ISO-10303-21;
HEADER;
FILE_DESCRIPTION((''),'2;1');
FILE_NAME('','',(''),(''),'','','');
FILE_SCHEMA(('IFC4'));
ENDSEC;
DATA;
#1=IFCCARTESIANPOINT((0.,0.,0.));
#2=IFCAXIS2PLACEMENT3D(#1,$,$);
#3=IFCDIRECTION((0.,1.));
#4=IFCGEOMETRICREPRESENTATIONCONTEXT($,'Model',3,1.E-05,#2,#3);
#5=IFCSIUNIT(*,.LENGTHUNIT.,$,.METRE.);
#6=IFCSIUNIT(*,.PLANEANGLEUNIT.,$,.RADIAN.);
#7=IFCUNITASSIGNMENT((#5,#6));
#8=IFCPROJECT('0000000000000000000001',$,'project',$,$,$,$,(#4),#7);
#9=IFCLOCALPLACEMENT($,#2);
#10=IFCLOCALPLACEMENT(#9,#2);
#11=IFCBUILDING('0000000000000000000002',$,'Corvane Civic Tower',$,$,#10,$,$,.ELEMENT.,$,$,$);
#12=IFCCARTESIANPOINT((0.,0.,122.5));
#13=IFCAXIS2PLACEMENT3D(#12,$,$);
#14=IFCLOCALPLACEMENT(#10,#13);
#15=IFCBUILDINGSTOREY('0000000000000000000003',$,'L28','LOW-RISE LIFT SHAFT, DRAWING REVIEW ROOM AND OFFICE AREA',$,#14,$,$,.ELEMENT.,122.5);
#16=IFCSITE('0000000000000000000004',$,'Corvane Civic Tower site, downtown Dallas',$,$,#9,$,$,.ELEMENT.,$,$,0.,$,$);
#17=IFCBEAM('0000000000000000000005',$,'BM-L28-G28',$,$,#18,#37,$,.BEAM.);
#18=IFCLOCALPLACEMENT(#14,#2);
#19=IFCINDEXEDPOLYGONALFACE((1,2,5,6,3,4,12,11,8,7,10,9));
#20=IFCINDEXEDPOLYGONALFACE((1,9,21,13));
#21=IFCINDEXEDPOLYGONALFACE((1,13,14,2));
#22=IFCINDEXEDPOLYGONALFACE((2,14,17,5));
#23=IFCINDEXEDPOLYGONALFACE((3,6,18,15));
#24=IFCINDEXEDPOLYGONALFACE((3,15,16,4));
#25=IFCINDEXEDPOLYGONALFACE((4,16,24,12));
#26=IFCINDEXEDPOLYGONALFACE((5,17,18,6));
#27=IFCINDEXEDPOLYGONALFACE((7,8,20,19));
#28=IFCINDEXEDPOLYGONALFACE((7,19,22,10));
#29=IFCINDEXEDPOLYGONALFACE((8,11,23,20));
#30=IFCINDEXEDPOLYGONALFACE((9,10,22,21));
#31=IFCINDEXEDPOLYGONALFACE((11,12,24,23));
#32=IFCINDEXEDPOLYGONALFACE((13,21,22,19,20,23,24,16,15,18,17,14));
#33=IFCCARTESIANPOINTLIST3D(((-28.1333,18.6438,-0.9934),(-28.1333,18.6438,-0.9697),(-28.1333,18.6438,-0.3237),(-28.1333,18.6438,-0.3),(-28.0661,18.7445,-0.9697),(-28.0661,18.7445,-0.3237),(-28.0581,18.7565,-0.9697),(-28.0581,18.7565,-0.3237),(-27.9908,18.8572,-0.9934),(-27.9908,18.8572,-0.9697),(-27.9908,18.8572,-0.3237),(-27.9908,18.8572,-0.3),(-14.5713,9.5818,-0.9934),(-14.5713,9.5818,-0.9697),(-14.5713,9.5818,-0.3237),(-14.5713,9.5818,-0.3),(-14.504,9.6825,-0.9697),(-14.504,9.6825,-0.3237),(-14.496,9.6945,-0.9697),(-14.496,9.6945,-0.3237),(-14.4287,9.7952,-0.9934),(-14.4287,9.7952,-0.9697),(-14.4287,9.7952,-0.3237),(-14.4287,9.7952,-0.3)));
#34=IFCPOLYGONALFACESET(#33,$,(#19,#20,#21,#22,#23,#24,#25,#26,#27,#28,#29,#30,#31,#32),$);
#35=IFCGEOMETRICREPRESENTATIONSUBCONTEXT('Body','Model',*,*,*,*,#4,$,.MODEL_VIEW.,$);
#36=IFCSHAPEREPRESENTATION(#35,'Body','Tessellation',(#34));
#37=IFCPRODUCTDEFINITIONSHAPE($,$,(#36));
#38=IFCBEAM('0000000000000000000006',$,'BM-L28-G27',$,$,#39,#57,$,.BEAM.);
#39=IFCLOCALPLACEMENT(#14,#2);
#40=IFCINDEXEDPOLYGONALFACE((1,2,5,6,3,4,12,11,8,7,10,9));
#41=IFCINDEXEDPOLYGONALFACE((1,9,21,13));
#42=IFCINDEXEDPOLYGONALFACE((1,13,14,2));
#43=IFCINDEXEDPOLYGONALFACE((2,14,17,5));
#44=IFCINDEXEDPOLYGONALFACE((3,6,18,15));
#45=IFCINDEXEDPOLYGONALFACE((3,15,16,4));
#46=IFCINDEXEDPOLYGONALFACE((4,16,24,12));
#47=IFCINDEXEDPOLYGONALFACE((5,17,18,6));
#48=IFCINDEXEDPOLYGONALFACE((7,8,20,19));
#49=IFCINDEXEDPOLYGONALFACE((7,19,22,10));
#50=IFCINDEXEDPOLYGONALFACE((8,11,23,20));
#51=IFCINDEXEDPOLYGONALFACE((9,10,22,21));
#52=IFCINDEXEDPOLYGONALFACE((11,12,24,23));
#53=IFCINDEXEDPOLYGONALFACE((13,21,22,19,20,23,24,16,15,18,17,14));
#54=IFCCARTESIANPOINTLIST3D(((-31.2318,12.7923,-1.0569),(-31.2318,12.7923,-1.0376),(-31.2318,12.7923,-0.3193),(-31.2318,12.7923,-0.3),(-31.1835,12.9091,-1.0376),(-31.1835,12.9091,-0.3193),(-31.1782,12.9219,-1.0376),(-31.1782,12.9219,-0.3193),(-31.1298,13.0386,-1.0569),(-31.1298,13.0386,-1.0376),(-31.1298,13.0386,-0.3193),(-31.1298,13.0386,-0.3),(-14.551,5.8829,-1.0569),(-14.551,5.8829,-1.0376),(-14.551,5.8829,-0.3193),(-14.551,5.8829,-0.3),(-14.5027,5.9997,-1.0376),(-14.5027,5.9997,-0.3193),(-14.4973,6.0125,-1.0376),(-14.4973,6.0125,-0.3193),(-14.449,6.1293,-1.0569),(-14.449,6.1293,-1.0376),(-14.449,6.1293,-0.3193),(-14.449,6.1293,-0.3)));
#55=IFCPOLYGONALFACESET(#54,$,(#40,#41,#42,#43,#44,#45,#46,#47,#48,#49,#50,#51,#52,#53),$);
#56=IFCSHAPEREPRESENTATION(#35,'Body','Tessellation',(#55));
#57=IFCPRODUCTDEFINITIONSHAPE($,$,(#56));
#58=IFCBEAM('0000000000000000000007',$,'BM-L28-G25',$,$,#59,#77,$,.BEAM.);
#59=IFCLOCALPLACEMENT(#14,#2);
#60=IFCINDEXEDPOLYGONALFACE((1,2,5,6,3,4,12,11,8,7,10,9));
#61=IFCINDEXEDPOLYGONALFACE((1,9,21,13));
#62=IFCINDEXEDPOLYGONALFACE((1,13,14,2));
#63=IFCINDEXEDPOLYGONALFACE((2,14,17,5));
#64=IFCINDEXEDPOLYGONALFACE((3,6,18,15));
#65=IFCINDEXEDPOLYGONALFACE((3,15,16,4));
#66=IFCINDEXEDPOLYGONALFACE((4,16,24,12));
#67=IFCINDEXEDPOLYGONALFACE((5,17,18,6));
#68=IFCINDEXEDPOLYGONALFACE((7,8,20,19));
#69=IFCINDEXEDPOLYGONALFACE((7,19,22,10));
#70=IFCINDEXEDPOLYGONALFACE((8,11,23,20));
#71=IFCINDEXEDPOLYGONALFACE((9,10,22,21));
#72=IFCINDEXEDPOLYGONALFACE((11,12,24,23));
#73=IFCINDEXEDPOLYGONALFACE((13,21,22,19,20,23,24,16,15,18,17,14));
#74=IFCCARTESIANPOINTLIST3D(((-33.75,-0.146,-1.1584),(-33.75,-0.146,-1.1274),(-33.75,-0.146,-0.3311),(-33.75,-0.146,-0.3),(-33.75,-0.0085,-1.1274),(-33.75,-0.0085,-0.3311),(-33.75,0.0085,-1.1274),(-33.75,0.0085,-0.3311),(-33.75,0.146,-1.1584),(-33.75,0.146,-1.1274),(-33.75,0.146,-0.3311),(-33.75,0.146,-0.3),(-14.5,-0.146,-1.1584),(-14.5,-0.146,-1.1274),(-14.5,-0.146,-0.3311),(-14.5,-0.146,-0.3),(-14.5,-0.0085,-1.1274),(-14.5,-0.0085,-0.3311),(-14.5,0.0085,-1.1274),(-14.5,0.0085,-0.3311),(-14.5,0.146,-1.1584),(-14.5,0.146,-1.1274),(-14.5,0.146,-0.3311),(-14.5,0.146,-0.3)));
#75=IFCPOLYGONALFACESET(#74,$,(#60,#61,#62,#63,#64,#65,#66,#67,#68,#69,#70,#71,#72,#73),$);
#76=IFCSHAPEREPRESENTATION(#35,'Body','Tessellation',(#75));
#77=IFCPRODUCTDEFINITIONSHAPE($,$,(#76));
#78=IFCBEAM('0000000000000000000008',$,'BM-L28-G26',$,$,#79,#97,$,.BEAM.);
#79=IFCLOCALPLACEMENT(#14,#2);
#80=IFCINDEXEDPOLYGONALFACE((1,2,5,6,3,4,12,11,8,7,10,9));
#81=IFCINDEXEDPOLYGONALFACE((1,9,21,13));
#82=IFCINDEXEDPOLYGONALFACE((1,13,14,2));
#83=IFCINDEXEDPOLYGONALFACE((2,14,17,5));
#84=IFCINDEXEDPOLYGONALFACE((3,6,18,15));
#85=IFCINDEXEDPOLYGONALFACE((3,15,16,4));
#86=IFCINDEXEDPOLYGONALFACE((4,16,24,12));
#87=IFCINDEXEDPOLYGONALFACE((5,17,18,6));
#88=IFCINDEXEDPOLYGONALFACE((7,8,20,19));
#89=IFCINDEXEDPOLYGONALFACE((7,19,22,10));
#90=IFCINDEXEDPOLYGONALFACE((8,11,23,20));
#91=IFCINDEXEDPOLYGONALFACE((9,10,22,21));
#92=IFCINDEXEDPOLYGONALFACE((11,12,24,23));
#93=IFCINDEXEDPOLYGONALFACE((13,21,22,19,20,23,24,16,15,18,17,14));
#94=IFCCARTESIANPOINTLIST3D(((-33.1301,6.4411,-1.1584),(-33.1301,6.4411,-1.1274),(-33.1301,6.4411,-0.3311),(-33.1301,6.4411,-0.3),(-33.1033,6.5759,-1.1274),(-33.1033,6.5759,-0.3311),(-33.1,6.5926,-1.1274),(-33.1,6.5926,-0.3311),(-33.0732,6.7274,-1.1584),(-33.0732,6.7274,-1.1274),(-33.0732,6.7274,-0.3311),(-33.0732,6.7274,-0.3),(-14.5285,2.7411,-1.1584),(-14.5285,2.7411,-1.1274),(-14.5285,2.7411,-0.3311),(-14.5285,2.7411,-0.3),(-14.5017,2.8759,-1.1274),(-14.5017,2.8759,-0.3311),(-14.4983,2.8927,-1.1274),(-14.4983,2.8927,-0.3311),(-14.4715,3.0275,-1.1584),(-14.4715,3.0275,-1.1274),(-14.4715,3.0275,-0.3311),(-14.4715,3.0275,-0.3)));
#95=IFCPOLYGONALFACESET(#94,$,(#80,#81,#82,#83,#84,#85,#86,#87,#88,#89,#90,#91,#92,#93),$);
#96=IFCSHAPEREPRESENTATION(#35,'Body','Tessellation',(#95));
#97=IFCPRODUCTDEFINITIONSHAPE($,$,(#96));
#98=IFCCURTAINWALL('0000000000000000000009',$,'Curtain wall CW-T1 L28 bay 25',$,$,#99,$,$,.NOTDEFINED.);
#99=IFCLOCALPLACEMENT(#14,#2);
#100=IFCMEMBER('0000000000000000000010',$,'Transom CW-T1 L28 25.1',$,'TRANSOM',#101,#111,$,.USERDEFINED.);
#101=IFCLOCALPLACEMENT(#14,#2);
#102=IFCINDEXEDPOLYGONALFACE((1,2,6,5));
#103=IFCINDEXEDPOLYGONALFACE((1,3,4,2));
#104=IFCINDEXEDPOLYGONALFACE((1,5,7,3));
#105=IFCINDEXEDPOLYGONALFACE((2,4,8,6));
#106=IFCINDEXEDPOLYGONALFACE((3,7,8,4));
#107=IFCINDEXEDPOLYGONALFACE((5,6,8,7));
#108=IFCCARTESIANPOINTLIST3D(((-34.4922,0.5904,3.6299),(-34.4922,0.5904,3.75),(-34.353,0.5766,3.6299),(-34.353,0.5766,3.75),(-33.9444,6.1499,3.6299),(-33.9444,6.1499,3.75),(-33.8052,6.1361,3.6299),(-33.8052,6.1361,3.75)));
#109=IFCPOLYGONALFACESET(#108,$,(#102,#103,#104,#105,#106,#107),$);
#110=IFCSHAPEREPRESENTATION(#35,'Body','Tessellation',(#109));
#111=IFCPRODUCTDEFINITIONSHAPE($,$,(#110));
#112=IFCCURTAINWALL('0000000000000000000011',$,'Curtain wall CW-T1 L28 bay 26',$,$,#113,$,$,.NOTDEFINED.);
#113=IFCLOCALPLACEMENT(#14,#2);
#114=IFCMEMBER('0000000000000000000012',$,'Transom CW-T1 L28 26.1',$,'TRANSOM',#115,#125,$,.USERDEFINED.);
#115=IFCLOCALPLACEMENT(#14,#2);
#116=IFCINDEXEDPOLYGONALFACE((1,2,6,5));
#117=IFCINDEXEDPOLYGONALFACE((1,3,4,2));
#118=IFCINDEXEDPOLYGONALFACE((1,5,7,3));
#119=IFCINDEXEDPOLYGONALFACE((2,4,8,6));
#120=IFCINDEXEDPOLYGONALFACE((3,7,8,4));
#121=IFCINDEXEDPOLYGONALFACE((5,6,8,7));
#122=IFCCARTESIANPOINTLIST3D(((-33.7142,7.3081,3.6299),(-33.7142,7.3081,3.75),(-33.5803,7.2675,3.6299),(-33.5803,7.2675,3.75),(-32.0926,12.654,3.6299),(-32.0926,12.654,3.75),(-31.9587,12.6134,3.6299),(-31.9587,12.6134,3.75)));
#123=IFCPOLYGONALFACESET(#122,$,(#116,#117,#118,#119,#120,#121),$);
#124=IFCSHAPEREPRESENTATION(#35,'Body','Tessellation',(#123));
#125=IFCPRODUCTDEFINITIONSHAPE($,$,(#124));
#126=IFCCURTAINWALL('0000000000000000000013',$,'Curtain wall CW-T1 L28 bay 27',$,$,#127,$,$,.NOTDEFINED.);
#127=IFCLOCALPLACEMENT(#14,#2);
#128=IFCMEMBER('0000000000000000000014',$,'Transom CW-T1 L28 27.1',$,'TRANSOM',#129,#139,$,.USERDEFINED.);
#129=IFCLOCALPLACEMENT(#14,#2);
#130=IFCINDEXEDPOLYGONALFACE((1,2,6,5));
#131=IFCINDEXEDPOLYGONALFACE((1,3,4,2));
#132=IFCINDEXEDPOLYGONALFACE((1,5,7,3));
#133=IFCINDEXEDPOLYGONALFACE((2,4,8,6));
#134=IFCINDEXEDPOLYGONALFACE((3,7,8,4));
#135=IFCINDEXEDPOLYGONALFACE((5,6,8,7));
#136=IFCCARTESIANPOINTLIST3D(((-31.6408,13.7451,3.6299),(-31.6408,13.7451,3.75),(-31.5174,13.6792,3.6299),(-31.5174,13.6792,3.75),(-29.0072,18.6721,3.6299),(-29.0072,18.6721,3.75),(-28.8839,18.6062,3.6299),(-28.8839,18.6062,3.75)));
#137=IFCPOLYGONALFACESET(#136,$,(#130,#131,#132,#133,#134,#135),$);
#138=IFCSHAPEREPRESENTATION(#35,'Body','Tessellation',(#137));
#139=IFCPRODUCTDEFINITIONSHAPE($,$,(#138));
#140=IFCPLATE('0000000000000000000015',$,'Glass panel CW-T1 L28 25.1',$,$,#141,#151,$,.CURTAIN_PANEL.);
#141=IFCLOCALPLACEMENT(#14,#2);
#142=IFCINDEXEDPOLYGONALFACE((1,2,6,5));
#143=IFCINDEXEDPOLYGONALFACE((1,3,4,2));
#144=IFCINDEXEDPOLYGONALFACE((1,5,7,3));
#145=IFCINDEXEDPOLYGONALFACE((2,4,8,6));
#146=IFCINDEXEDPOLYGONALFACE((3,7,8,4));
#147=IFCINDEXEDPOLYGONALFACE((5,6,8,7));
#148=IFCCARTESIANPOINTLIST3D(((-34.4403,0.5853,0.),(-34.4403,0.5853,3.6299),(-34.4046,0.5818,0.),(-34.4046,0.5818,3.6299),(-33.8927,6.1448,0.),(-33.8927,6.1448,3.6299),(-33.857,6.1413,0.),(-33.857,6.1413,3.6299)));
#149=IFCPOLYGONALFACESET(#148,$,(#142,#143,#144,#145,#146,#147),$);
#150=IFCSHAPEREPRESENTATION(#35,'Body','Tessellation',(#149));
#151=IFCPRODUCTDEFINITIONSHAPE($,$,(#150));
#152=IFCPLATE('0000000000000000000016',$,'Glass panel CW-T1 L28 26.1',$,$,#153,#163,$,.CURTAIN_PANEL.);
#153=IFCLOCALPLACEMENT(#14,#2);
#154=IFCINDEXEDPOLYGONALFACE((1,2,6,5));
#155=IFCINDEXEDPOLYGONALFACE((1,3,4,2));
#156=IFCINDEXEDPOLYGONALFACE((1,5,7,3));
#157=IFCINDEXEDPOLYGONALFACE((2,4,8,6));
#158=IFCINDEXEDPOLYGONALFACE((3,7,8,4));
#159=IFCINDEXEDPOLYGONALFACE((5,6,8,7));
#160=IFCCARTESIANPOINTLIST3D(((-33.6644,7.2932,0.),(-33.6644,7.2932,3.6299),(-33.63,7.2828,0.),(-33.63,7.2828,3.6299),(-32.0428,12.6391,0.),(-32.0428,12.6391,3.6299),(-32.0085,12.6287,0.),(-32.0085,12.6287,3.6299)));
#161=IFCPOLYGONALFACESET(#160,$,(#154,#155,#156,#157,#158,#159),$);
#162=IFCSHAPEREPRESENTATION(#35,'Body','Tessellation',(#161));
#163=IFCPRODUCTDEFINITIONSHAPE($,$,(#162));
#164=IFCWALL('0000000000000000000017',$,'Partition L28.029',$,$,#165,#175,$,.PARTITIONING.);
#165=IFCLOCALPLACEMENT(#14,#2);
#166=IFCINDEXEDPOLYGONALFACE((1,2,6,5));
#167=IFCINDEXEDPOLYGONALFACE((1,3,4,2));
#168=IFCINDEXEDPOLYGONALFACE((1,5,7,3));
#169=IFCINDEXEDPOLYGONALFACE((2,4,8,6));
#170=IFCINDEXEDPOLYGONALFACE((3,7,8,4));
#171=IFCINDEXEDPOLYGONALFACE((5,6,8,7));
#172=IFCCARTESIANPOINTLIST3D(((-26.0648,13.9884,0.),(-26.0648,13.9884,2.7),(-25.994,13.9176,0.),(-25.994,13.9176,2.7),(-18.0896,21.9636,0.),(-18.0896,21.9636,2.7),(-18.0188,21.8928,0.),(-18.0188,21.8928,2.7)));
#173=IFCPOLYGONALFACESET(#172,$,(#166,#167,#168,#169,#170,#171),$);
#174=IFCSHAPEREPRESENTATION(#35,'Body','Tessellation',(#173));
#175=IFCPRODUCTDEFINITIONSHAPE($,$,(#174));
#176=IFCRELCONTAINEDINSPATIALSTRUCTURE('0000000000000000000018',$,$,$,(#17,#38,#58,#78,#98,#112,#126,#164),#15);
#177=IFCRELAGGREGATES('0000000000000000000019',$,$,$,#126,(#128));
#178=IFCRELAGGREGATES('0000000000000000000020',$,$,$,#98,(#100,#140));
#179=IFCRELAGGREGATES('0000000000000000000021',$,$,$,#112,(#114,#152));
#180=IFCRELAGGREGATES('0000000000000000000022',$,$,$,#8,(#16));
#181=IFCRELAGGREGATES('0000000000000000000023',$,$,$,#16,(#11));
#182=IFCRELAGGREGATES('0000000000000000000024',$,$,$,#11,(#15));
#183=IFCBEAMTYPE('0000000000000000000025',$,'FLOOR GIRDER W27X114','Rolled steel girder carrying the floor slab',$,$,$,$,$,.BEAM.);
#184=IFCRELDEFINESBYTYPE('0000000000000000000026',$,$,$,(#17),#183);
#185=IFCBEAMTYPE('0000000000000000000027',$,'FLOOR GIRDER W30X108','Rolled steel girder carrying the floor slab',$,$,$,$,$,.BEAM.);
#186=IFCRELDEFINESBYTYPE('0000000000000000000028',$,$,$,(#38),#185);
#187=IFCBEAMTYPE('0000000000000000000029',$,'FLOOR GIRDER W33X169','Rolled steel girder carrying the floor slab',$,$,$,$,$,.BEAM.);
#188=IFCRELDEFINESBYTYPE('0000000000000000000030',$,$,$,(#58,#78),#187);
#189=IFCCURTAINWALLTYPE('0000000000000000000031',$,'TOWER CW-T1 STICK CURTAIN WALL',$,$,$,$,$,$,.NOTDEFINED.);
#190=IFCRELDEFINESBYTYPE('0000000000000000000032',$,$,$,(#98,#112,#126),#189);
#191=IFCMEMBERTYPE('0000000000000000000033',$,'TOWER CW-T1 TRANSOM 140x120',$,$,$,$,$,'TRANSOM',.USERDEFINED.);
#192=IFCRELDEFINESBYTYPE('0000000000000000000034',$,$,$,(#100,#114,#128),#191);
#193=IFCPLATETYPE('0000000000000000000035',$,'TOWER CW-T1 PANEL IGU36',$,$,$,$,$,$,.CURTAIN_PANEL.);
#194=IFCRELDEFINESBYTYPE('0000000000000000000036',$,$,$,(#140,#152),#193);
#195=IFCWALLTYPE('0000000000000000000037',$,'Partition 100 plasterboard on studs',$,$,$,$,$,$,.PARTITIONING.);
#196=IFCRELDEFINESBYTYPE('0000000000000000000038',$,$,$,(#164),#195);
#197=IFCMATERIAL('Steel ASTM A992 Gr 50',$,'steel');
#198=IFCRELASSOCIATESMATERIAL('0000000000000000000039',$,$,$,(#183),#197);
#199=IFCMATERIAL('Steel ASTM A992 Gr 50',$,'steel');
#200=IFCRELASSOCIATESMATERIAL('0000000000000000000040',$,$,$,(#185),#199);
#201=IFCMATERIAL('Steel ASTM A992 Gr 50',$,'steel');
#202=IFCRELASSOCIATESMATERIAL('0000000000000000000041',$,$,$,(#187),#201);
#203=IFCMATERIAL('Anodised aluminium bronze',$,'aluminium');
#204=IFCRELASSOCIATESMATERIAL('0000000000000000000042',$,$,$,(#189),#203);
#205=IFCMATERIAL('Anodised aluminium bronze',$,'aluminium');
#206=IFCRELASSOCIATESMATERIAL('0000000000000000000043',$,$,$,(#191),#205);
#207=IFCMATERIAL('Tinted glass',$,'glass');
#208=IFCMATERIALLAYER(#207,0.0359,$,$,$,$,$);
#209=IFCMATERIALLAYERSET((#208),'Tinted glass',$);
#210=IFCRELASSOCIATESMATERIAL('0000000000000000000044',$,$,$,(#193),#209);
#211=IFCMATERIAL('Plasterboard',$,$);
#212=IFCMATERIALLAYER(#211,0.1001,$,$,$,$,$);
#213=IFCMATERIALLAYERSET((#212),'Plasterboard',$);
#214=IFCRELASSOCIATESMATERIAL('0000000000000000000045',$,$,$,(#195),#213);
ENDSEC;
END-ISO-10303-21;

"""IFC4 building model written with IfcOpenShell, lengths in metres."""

from ifc_helpers import new_model, si_unit, direction, frame, frame_2d, origin, origin_2d, place, context, subcontext, project, spatial, rectangle, i_section, extrude, material, layer, layer_set, material_profile, profile_set, type_object, element, aggregate, save


model = new_model("IFC4")

# Units and contexts
model_context = context("Model", 3, precision=1e-05, world=origin(), true_north=direction((0.0, 1.0)))
body_context = subcontext(model_context, "Body", "Model", "MODEL_VIEW")
ifc_project = project(units=[si_unit("LENGTHUNIT", "METRE"), si_unit("PLANEANGLEUNIT", "RADIAN")], contexts=[model_context])

# Site, building, storey
site_placement = place(None, origin())
site = spatial("IfcSite", under=ifc_project, at=site_placement, Name="Corvane Civic Tower site, downtown Dallas", CompositionType="ELEMENT", RefElevation=0.0)
building_placement = place(site_placement, origin())
building = spatial("IfcBuilding", under=site, at=building_placement, Name="Corvane Civic Tower", CompositionType="ELEMENT")
storey_placement = place(building_placement, frame((0.0, 0.0, 122.5)))
storey = spatial("IfcBuildingStorey", under=building, at=storey_placement, Name="L28", Description="LOW-RISE LIFT SHAFT, DRAWING REVIEW ROOM AND OFFICE AREA", CompositionType="ELEMENT", Elevation=122.5)

# Beams
ifc_material_1 = material(Name="Steel ASTM A992 Gr 50", Category="steel")
ifc_material_profile_1 = material_profile(ifc_material_1, i_section(OverallWidth=0.2566, OverallDepth=0.6934, WebThickness=0.0144, FlangeThickness=0.0237, at=origin_2d()), Name="W27X114")
ifc_profile_set_1 = profile_set([ifc_material_profile_1], Name="Steel ASTM A992 Gr 50")
beam_type_1 = type_object("IfcBeamType", Name="FLOOR GIRDER W27X114", Description="Rolled steel girder carrying the floor slab", PredefinedType="BEAM", material=ifc_profile_set_1)
beam_1_placement = place(storey_placement, frame((-14.5, 9.6885, -0.6467), z_axis=(-0.831465, 0.555577, 0.0), x_axis=(-0.555577, -0.831465, 0.0)))
element("IfcBeam", 1, at=beam_1_placement, inside=storey, type_object=beam_type_1, Name="BM-L28-G28", PredefinedType="BEAM", context=body_context, shape_type="SweptSolid", body=[
    extrude(i_section(OverallWidth=0.2566, OverallDepth=0.6934, WebThickness=0.0144, FlangeThickness=0.0237, at=origin_2d()), origin(), (0.0, 0.0, 1.0), 16.311),
])
ifc_material_2 = material(Name="Steel ASTM A992 Gr 50", Category="steel")
ifc_material_profile_2 = material_profile(ifc_material_2, i_section(OverallWidth=0.2666, OverallDepth=0.7568, WebThickness=0.0139, FlangeThickness=0.0193, at=origin_2d()), Name="W30X108")
ifc_profile_set_2 = profile_set([ifc_material_profile_2], Name="Steel ASTM A992 Gr 50")
beam_type_2 = type_object("IfcBeamType", Name="FLOOR GIRDER W30X108", Description="Rolled steel girder carrying the floor slab", PredefinedType="BEAM", material=ifc_profile_set_2)
beam_2_placement = place(storey_placement, frame((-14.5, 6.0061, -0.6785), z_axis=(-0.92388, 0.382682, 0.0), x_axis=(-0.382682, -0.92388, 0.0)))
element("IfcBeam", 2, at=beam_2_placement, inside=storey, type_object=beam_type_2, Name="BM-L28-G27", PredefinedType="BEAM", context=body_context, shape_type="SweptSolid", body=[
    extrude(i_section(OverallWidth=0.2666, OverallDepth=0.7568, WebThickness=0.0139, FlangeThickness=0.0193, at=origin_2d()), origin(), (0.0, 0.0, 1.0), 18.0552),
])
ifc_material_3 = material(Name="Steel ASTM A992 Gr 50", Category="steel")
ifc_material_profile_3 = material_profile(ifc_material_3, i_section(OverallWidth=0.292, OverallDepth=0.8584, WebThickness=0.0171, FlangeThickness=0.031, at=origin_2d()), Name="W33X169")
ifc_profile_set_3 = profile_set([ifc_material_profile_3], Name="Steel ASTM A992 Gr 50")
beam_type_3 = type_object("IfcBeamType", Name="FLOOR GIRDER W33X169", Description="Rolled steel girder carrying the floor slab", PredefinedType="BEAM", material=ifc_profile_set_3)
beam_3_placement = place(storey_placement, frame((-14.5, 0.0, -0.7292), z_axis=(-1.0, 0.0, 0.0), x_axis=(0.0, -1.0, 0.0)))
element("IfcBeam", 3, at=beam_3_placement, inside=storey, type_object=beam_type_3, Name="BM-L28-G25", PredefinedType="BEAM", context=body_context, shape_type="SweptSolid", body=[
    extrude(i_section(OverallWidth=0.292, OverallDepth=0.8584, WebThickness=0.0171, FlangeThickness=0.031, at=origin_2d()), origin(), (0.0, 0.0, 1.0), 19.25),
])
beam_4_placement = place(storey_placement, frame((-14.5, 2.8843, -0.7292), z_axis=(-0.980787, 0.195084, 0.0), x_axis=(-0.195084, -0.980787, 0.0)))
element("IfcBeam", 4, at=beam_4_placement, inside=storey, type_object=beam_type_3, Name="BM-L28-G26", PredefinedType="BEAM", context=body_context, shape_type="SweptSolid", body=[
    extrude(i_section(OverallWidth=0.292, OverallDepth=0.8584, WebThickness=0.0171, FlangeThickness=0.031, at=origin_2d()), origin(), (0.0, 0.0, 1.0), 18.9661),
])

# Curtain walls, members
ifc_material_4 = material(Name="Anodised aluminium bronze", Category="aluminium")
curtain_wall_type = type_object("IfcCurtainWallType", Name="TOWER CW-T1 STICK CURTAIN WALL", PredefinedType="NOTDEFINED", material=ifc_material_4)
curtain_wall_1_placement = place(storey_placement, origin())
curtain_wall_1 = element("IfcCurtainWall", 5, at=curtain_wall_1_placement, inside=storey, type_object=curtain_wall_type, Name="Curtain wall CW-T1 L28 bay 25", PredefinedType="NOTDEFINED")
ifc_material_5 = material(Name="Anodised aluminium bronze", Category="aluminium")
ifc_material_profile_4 = material_profile(ifc_material_5, rectangle(XDim=0.1399, YDim=0.1201, at=origin_2d()), Name="TOWER CW-T1 TRANSOM 140x120")
ifc_profile_set_4 = profile_set([ifc_material_profile_4], Name="Anodised aluminium bronze")
member_type = type_object("IfcMemberType", Name="TOWER CW-T1 TRANSOM 140x120", ElementType="TRANSOM", PredefinedType="USERDEFINED", material=ifc_profile_set_4)
member_1_placement = place(storey_placement, frame((-34.4226, 0.5835, 3.6899), z_axis=(0.098067, 0.99518, 0.0), x_axis=(-0.99518, 0.098067, 0.0)))
member_1 = element("IfcMember", 6, at=member_1_placement, type_object=member_type, Name="Transom CW-T1 L28 25.1", ObjectType="TRANSOM", PredefinedType="USERDEFINED", context=body_context, shape_type="SweptSolid", body=[
    extrude(rectangle(XDim=0.1399, YDim=0.1201, at=origin_2d()), origin(), (0.0, 0.0, 1.0), 5.5864),
])
curtain_wall_2_placement = place(storey_placement, origin())
curtain_wall_2 = element("IfcCurtainWall", 7, at=curtain_wall_2_placement, inside=storey, type_object=curtain_wall_type, Name="Curtain wall CW-T1 L28 bay 26", PredefinedType="NOTDEFINED")
member_2_placement = place(storey_placement, frame((-33.6472, 7.2878, 3.6899), z_axis=(0.290269, 0.956945, 0.0), x_axis=(-0.956945, 0.290269, 0.0)))
member_2 = element("IfcMember", 8, at=member_2_placement, type_object=member_type, Name="Transom CW-T1 L28 26.1", ObjectType="TRANSOM", PredefinedType="USERDEFINED", context=body_context, shape_type="SweptSolid", body=[
    extrude(rectangle(XDim=0.1399, YDim=0.1201, at=origin_2d()), origin(), (0.0, 0.0, 1.0), 5.5864),
])
curtain_wall_3_placement = place(storey_placement, origin())
curtain_wall_3 = element("IfcCurtainWall", 9, at=curtain_wall_3_placement, inside=storey, type_object=curtain_wall_type, Name="Curtain wall CW-T1 L28 bay 27", PredefinedType="NOTDEFINED")
member_3_placement = place(storey_placement, frame((-31.5791, 13.7122, 3.6899), z_axis=(0.471398, 0.881921, 0.0), x_axis=(-0.881921, 0.471398, 0.0)))
member_3 = element("IfcMember", 10, at=member_3_placement, type_object=member_type, Name="Transom CW-T1 L28 27.1", ObjectType="TRANSOM", PredefinedType="USERDEFINED", context=body_context, shape_type="SweptSolid", body=[
    extrude(rectangle(XDim=0.1399, YDim=0.1201, at=origin_2d()), origin(), (0.0, 0.0, 1.0), 5.5867),
])
aggregate(curtain_wall_3, [member_3])

# Plates
ifc_material_6 = material(Name="Tinted glass", Category="glass")
ifc_layer_1 = layer(ifc_material_6, 0.0359)
ifc_layer_set_1 = layer_set([ifc_layer_1], Name="Tinted glass")
plate_type = type_object("IfcPlateType", Name="TOWER CW-T1 PANEL IGU36", PredefinedType="CURTAIN_PANEL", material=ifc_layer_set_1)
plate_1_placement = place(storey_placement, frame((-34.1487, 3.3633, 0.0), z_axis=(0.0, 0.0, 1.0), x_axis=(0.098027, 0.995184, 0.0)))
plate_1 = element("IfcPlate", 11, at=plate_1_placement, type_object=plate_type, Name="Glass panel CW-T1 L28 25.1", PredefinedType="CURTAIN_PANEL", context=body_context, shape_type="SweptSolid", body=[
    extrude(rectangle(XDim=5.5864, YDim=0.0359, at=origin_2d()), origin(), (0.0, 0.0, 1.0), 3.6299),
])
aggregate(curtain_wall_1, [member_1, plate_1])
plate_2_placement = place(storey_placement, frame((-32.8364, 9.9609, 0.0), z_axis=(0.0, 0.0, 1.0), x_axis=(0.290266, 0.956946, 0.0)))
plate_2 = element("IfcPlate", 12, at=plate_2_placement, type_object=plate_type, Name="Glass panel CW-T1 L28 26.1", PredefinedType="CURTAIN_PANEL", context=body_context, shape_type="SweptSolid", body=[
    extrude(rectangle(XDim=5.5864, YDim=0.0359, at=origin_2d()), origin(), (0.0, 0.0, 1.0), 3.6299),
])
aggregate(curtain_wall_2, [member_2, plate_2])

# Wall
ifc_material_7 = material(Name="Plasterboard")
ifc_layer_2 = layer(ifc_material_7, 0.1001)
ifc_layer_set_2 = layer_set([ifc_layer_2], Name="Plasterboard")
wall_type = type_object("IfcWallType", Name="Partition 100 plasterboard on studs", PredefinedType="PARTITIONING", material=ifc_layer_set_2)
wall_placement = place(storey_placement, frame((-26.0293, 13.9531, 0.0), z_axis=(0.0, 0.0, 1.0), x_axis=(0.707107, 0.707107, 0.0)))
element("IfcWall", 13, at=wall_placement, inside=storey, type_object=wall_type, Name="Partition L28.029", PredefinedType="PARTITIONING", context=body_context, shape_type="SweptSolid", body=[
    extrude(rectangle(XDim=11.2786, YDim=0.1001, at=frame_2d((5.6392, 0.0))), origin(), (0.0, 0.0, 1.0), 2.7),
])

save(model, "model.ifc")
